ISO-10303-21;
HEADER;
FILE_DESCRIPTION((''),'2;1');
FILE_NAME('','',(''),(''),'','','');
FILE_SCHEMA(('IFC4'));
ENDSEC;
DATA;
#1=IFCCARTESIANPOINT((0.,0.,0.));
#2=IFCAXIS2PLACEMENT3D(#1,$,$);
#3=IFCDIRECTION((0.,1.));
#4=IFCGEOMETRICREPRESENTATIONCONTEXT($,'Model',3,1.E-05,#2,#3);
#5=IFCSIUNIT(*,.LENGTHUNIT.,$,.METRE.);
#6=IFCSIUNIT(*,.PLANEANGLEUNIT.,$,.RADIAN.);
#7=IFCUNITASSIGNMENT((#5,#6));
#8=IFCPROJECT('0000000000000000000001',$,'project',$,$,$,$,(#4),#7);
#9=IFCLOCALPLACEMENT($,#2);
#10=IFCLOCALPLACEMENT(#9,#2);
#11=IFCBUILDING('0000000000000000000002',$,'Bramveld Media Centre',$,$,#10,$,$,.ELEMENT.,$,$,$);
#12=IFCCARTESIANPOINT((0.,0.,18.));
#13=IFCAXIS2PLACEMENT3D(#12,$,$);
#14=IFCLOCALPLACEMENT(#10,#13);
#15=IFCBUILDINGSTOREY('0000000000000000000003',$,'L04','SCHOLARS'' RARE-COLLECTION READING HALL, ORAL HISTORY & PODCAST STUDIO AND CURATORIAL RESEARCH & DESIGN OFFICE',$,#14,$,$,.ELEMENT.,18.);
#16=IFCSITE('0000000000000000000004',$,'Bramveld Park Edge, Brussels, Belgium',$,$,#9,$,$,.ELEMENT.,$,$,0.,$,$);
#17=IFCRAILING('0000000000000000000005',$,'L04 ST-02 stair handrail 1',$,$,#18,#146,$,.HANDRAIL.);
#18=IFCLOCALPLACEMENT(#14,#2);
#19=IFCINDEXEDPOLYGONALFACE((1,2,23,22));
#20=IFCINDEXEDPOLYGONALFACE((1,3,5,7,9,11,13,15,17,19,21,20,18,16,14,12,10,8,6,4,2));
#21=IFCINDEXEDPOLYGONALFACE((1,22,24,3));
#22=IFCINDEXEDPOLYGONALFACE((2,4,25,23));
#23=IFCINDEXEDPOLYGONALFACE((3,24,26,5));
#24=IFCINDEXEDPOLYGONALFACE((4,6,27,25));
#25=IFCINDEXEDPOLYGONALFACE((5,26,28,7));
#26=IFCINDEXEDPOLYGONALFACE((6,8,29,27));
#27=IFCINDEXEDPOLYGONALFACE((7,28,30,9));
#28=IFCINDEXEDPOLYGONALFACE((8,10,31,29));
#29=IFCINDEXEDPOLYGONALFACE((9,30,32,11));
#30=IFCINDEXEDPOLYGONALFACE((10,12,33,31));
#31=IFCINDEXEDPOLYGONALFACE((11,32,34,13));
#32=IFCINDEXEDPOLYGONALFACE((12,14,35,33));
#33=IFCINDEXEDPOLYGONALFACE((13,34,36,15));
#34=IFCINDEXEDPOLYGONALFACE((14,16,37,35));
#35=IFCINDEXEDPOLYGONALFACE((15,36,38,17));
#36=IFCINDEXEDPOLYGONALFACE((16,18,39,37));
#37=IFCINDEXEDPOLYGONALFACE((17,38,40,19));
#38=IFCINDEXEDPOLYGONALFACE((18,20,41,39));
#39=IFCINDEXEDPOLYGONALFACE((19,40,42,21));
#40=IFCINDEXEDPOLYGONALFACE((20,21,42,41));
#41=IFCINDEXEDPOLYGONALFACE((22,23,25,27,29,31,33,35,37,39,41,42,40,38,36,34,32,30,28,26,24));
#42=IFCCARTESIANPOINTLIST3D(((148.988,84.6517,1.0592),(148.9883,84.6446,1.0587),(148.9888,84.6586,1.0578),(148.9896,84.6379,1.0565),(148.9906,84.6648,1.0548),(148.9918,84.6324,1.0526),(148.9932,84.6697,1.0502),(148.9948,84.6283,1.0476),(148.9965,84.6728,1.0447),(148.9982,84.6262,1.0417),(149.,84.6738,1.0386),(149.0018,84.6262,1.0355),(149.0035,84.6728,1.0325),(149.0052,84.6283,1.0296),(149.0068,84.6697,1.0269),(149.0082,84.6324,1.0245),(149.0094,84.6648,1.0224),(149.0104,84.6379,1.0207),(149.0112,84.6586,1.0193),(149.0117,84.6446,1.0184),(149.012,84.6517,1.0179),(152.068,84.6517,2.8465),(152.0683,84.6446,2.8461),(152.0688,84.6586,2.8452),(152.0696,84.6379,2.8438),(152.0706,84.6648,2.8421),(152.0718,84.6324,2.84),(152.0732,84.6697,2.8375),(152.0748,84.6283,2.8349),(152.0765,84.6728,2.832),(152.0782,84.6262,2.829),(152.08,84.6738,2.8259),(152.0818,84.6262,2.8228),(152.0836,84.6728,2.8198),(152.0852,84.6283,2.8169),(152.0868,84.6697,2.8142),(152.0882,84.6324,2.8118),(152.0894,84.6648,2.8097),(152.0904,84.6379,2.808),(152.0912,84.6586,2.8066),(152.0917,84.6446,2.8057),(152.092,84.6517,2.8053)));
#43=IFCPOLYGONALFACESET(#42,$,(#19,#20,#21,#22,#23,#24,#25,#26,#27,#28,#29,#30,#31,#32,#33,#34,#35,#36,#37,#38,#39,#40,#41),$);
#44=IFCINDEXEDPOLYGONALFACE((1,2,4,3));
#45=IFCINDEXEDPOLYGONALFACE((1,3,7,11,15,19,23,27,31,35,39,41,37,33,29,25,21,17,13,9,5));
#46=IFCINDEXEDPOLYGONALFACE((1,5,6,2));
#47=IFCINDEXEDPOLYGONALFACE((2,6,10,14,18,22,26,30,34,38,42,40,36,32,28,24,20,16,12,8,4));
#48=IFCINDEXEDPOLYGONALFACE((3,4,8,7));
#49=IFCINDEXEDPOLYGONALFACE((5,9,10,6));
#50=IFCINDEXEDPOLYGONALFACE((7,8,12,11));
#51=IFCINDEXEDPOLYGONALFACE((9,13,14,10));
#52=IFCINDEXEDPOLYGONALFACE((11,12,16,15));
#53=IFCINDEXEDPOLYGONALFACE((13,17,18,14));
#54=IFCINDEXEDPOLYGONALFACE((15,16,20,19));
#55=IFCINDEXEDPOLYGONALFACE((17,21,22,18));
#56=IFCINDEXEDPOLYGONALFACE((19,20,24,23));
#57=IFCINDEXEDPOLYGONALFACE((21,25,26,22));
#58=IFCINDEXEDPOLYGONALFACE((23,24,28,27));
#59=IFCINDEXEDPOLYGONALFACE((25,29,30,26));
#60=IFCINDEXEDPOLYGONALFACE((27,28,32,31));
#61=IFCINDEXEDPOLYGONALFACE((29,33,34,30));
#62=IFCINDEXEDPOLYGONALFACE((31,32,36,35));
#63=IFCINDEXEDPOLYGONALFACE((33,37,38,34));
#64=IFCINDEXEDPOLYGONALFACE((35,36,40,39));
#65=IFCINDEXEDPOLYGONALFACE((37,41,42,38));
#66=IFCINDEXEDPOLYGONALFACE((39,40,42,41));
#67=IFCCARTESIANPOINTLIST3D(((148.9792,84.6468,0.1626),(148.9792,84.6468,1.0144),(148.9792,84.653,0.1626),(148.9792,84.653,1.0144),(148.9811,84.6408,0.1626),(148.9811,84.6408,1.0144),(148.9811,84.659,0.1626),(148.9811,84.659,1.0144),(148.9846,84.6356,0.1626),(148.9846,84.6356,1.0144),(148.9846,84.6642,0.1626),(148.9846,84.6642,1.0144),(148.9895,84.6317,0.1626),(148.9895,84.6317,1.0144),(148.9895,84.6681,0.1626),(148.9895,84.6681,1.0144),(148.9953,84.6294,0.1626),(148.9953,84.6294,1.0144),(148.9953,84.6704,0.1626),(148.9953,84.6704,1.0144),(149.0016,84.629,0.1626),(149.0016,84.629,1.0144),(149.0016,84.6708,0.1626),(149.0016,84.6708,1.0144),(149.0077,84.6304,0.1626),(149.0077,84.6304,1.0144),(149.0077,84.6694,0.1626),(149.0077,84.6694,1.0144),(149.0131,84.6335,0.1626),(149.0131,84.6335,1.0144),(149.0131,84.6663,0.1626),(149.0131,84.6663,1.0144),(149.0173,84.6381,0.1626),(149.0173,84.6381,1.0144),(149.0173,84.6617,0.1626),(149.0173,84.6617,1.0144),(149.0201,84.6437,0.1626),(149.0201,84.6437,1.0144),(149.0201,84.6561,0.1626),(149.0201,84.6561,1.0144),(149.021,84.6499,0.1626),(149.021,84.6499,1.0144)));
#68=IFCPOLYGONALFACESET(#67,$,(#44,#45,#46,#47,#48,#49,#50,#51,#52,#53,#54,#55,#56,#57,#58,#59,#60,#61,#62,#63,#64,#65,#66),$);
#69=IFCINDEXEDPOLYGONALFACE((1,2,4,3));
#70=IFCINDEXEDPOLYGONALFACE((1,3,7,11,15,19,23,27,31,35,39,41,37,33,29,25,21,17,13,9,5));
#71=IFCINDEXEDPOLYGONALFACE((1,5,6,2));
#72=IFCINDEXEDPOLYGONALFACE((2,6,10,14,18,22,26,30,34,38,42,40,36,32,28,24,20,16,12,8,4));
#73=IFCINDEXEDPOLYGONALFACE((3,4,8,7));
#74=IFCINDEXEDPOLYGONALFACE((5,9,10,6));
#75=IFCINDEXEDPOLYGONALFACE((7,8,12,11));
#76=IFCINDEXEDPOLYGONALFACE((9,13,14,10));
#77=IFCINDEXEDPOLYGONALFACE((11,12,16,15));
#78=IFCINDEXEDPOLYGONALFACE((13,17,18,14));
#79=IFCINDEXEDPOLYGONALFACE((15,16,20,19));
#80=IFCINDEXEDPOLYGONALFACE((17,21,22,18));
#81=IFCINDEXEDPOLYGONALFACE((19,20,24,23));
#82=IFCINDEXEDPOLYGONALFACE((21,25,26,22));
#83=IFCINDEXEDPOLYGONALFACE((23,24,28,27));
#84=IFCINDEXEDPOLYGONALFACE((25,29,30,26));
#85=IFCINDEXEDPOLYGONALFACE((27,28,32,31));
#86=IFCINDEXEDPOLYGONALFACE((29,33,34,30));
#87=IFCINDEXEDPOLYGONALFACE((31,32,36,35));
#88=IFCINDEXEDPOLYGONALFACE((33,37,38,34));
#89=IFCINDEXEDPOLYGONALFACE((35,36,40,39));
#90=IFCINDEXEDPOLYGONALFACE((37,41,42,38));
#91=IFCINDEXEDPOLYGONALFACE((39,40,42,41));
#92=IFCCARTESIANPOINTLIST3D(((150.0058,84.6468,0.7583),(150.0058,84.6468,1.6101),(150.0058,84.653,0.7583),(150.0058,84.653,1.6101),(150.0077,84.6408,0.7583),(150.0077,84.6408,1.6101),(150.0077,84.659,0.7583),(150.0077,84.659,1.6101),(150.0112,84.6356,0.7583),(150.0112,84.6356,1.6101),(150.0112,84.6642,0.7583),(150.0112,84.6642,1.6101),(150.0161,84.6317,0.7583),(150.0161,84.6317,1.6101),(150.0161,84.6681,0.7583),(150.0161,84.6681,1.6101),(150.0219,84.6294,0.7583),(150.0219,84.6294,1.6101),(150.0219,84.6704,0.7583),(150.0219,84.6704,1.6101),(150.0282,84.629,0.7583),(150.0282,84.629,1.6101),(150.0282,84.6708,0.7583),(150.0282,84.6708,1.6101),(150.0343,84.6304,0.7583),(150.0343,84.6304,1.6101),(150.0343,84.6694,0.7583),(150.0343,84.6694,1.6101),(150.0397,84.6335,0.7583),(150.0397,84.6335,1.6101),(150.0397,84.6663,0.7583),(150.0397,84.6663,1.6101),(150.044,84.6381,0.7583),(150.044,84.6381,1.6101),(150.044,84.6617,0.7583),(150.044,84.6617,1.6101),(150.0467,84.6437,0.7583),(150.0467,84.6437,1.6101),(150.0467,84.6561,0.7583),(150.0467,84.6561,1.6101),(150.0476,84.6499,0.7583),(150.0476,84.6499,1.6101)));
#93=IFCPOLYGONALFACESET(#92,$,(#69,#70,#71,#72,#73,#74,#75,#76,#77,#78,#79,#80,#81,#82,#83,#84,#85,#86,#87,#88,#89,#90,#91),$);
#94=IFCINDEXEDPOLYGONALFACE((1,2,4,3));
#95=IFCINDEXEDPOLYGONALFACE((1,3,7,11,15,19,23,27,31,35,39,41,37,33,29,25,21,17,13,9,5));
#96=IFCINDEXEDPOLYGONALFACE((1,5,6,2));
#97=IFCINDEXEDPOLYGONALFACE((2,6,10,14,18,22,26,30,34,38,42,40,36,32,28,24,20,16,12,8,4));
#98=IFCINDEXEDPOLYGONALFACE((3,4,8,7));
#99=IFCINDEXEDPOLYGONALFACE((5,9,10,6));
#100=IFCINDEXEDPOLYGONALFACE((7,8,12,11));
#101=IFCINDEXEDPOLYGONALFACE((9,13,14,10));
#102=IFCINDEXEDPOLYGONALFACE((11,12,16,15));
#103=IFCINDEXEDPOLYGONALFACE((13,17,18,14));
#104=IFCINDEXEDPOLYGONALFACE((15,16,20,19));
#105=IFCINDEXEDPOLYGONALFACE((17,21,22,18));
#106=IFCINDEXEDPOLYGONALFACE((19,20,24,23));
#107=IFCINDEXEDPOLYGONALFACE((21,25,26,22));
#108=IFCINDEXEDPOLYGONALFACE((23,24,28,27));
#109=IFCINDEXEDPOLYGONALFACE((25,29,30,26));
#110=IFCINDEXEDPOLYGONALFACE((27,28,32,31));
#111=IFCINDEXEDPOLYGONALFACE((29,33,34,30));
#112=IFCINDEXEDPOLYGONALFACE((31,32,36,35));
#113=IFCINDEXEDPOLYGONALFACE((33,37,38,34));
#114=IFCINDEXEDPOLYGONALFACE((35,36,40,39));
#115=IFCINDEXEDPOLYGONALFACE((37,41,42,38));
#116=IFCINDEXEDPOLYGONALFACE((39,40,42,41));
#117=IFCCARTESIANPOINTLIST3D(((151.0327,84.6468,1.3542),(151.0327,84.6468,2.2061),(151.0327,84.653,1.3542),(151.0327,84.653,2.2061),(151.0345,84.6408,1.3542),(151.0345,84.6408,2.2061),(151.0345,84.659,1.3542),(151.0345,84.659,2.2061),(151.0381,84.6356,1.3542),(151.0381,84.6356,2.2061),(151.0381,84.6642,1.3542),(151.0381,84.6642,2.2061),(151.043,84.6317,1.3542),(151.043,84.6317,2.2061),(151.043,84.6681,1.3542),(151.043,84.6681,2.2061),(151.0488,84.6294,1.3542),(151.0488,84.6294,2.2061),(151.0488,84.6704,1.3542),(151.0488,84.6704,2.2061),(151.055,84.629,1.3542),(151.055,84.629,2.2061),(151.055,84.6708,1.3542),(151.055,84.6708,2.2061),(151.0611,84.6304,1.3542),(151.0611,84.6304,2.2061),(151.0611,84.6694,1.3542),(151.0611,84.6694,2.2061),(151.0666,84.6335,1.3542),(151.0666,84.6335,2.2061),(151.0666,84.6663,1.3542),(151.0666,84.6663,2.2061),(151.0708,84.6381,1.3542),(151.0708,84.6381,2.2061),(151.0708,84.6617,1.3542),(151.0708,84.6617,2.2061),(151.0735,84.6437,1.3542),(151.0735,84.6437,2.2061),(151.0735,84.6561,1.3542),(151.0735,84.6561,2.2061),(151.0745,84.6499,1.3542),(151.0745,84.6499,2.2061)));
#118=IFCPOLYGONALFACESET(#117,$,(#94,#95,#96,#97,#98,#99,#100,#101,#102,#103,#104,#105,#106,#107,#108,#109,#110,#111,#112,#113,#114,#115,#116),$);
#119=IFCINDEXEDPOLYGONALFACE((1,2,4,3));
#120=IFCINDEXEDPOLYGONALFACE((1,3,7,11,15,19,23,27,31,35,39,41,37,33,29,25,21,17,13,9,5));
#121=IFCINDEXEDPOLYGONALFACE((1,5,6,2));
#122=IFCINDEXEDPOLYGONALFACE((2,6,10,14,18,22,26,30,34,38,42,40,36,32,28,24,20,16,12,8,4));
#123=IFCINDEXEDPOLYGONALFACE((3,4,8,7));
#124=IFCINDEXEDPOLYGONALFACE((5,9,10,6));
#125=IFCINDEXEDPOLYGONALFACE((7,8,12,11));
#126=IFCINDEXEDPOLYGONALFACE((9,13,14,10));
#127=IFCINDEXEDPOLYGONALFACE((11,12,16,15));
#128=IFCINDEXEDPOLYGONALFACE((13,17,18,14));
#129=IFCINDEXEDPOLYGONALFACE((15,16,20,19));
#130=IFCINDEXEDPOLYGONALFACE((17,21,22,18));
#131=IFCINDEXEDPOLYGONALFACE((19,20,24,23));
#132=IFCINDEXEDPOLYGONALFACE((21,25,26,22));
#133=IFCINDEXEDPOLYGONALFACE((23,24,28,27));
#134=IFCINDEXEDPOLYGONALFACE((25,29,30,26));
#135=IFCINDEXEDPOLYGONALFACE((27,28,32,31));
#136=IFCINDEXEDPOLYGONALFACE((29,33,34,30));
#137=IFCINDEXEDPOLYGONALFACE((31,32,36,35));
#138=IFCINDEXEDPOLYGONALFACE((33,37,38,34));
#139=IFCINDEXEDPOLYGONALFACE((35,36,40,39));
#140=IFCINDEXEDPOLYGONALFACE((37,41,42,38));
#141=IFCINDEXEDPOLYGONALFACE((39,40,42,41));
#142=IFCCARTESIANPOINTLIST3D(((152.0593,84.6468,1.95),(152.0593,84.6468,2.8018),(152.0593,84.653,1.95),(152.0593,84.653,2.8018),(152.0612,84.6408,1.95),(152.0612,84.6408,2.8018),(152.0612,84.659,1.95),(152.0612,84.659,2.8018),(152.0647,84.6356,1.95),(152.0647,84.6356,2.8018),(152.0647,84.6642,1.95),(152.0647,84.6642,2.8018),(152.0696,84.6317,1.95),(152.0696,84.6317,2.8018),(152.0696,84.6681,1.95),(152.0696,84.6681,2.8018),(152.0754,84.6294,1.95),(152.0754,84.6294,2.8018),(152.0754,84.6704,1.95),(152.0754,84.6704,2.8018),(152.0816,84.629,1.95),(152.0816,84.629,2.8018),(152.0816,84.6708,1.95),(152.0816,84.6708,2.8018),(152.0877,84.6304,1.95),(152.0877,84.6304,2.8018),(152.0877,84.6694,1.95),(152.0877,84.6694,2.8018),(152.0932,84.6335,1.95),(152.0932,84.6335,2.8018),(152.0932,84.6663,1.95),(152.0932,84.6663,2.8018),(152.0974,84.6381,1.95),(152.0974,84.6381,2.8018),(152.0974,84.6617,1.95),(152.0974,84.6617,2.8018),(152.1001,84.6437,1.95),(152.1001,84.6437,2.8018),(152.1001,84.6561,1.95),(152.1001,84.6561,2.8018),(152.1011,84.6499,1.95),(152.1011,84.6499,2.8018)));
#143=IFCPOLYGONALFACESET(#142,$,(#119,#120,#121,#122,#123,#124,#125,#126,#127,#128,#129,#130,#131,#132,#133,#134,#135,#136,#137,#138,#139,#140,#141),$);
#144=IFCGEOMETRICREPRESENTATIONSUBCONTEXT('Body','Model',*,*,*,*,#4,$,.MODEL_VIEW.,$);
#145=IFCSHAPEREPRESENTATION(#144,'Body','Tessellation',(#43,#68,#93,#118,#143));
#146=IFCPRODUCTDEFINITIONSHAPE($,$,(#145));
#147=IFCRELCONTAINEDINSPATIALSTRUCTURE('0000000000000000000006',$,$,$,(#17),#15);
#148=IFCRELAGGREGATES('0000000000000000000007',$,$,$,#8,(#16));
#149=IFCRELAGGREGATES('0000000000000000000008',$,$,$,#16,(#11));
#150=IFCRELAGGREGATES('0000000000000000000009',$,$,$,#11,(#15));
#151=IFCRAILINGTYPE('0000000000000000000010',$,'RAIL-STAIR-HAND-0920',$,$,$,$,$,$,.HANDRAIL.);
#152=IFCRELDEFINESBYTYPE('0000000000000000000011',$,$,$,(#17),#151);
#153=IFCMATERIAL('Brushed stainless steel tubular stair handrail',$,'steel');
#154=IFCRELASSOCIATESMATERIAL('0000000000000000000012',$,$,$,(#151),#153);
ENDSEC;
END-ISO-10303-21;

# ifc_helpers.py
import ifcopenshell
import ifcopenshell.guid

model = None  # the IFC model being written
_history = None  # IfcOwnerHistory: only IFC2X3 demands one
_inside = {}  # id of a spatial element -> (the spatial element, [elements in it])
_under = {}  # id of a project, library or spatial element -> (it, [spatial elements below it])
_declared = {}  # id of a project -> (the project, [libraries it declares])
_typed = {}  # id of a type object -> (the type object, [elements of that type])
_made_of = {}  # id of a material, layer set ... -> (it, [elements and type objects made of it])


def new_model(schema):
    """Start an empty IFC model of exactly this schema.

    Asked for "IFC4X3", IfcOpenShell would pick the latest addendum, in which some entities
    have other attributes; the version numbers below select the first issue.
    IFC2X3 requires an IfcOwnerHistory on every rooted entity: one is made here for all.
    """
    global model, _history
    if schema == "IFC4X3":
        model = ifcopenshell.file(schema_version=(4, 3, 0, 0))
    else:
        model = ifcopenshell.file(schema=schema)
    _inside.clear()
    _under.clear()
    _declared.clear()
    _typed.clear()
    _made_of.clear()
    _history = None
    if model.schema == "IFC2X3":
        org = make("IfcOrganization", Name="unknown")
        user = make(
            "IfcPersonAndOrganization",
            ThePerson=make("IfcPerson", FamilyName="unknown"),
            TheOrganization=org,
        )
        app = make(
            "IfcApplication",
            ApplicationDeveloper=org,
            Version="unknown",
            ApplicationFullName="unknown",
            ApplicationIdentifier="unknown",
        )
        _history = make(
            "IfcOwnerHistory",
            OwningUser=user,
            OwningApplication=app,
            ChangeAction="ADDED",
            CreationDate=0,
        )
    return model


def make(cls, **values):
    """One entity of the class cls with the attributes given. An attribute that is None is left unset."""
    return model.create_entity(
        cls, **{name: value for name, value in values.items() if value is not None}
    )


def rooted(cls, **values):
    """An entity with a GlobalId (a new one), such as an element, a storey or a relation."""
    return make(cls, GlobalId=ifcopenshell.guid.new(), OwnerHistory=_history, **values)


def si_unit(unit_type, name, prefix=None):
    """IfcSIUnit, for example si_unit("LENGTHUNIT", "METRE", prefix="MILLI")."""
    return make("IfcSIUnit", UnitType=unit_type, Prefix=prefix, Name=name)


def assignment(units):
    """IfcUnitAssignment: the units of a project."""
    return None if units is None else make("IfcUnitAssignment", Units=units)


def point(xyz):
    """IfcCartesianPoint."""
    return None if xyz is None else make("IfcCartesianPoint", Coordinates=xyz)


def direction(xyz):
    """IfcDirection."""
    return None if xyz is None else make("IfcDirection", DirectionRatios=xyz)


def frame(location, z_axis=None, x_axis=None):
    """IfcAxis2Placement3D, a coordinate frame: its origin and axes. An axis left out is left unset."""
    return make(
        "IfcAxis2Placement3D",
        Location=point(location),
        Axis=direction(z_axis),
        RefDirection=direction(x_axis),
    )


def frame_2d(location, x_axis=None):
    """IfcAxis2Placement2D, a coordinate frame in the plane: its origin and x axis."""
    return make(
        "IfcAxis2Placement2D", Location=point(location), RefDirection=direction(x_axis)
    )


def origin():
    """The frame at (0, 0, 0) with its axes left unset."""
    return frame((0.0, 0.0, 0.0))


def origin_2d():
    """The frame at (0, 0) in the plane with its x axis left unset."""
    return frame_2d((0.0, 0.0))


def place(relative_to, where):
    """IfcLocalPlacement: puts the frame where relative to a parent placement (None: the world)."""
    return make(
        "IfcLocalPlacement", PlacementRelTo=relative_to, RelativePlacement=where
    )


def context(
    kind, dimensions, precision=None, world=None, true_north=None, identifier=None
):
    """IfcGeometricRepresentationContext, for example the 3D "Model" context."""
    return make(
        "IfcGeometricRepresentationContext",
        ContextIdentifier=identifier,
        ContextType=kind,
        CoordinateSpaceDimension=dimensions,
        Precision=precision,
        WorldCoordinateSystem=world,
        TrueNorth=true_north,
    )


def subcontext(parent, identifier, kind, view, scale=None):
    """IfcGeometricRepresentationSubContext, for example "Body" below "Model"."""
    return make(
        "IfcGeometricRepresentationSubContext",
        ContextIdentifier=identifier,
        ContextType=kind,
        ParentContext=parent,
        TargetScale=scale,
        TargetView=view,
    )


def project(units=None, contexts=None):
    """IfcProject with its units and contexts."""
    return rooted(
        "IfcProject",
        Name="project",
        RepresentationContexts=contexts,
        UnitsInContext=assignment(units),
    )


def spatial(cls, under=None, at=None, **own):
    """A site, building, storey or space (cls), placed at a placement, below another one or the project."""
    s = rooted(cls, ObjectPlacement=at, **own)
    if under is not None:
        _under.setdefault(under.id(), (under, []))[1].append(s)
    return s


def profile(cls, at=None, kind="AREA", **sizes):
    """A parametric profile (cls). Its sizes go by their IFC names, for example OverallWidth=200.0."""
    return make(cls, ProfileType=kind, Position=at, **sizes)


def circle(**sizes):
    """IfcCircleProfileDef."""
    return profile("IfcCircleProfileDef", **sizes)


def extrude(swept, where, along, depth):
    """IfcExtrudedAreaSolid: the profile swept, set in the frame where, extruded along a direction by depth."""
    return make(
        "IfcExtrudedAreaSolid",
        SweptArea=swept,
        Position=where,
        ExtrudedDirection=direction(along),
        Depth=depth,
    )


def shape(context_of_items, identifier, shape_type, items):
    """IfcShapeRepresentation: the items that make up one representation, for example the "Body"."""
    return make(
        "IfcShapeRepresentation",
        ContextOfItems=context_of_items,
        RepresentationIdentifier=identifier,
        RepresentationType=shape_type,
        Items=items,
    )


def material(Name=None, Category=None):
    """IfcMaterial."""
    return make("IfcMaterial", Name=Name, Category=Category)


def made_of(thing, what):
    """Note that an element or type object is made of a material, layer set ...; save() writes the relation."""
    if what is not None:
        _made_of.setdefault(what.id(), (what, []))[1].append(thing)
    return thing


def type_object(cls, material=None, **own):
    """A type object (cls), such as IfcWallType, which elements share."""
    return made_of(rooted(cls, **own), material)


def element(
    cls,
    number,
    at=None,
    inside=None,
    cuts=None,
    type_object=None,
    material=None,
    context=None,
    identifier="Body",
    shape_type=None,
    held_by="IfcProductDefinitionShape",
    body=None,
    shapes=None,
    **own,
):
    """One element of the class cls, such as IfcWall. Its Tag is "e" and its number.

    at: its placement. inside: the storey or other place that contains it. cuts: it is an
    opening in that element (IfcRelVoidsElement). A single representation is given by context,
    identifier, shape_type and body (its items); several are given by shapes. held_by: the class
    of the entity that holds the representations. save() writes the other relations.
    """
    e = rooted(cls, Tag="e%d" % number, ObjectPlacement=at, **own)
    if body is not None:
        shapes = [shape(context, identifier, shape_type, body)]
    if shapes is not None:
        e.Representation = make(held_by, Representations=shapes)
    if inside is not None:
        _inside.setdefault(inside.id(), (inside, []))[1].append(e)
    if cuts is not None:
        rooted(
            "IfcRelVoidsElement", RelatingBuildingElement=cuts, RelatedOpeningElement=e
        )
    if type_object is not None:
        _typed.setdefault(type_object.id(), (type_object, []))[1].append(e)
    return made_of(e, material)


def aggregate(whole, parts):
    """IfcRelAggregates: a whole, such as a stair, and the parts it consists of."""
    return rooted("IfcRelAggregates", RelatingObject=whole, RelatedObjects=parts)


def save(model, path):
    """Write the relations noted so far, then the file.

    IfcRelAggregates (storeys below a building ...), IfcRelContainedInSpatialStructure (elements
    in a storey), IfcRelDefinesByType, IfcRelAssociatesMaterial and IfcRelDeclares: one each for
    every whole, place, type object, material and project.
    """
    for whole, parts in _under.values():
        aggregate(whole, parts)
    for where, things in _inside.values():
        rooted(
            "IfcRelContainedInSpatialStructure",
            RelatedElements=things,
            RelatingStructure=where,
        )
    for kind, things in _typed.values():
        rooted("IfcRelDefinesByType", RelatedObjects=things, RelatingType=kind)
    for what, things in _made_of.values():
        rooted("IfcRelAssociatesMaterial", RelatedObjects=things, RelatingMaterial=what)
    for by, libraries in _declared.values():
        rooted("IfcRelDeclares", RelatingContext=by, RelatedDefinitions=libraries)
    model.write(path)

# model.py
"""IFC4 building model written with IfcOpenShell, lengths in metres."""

from ifc_helpers import new_model, si_unit, direction, frame, origin, origin_2d, place, context, subcontext, project, spatial, circle, extrude, material, type_object, element, save


model = new_model("IFC4")

# Units and contexts
model_context = context("Model", 3, precision=1e-05, world=origin(), true_north=direction((0.0, 1.0)))
body_context = subcontext(model_context, "Body", "Model", "MODEL_VIEW")
ifc_project = project(units=[si_unit("LENGTHUNIT", "METRE"), si_unit("PLANEANGLEUNIT", "RADIAN")], contexts=[model_context])

# Site, building, storey
site_placement = place(None, origin())
site = spatial("IfcSite", under=ifc_project, at=site_placement, Name="Bramveld Park Edge, Brussels, Belgium", CompositionType="ELEMENT", RefElevation=0.0)
building_placement = place(site_placement, origin())
building = spatial("IfcBuilding", under=site, at=building_placement, Name="Bramveld Media Centre", CompositionType="ELEMENT")
storey_placement = place(building_placement, frame((0.0, 0.0, 18.0)))
storey = spatial("IfcBuildingStorey", under=building, at=storey_placement, Name="L04", Description="SCHOLARS' RARE-COLLECTION READING HALL, ORAL HISTORY & PODCAST STUDIO AND CURATORIAL RESEARCH & DESIGN OFFICE", CompositionType="ELEMENT", Elevation=18.0)

# Railing
ifc_material_1 = material(Name="Brushed stainless steel tubular stair handrail", Category="steel")
railing_type = type_object("IfcRailingType", Name="RAIL-STAIR-HAND-0920", PredefinedType="HANDRAIL", material=ifc_material_1)
railing_placement = place(storey_placement, frame((149.0, 84.6499, 0.1626)))
element("IfcRailing", 1, at=railing_placement, inside=storey, type_object=railing_type, Name="L04 ST-02 stair handrail 1", PredefinedType="HANDRAIL", context=body_context, shape_type="SweptSolid", body=[
    extrude(circle(Radius=0.0239, at=origin_2d()), frame((0.0, 0.0, 0.876), z_axis=(0.86492, 0.0, 0.501909), x_axis=(0.0, 1.0, 0.0)), (0.0, 0.0, 1.0), 3.561),
    extrude(circle(Radius=0.021, at=origin_2d()), origin(), (0.0, 0.0, 1.0), 0.8518),
    extrude(circle(Radius=0.021, at=origin_2d()), frame((1.0266, 0.0, 0.5957)), (0.0, 0.0, 1.0), 0.8518),
    extrude(circle(Radius=0.021, at=origin_2d()), frame((2.0535, 0.0, 1.1917)), (0.0, 0.0, 1.0), 0.8518),
    extrude(circle(Radius=0.021, at=origin_2d()), frame((3.0801, 0.0, 1.7874)), (0.0, 0.0, 1.0), 0.8518),
])

save(model, "model.ifc")
